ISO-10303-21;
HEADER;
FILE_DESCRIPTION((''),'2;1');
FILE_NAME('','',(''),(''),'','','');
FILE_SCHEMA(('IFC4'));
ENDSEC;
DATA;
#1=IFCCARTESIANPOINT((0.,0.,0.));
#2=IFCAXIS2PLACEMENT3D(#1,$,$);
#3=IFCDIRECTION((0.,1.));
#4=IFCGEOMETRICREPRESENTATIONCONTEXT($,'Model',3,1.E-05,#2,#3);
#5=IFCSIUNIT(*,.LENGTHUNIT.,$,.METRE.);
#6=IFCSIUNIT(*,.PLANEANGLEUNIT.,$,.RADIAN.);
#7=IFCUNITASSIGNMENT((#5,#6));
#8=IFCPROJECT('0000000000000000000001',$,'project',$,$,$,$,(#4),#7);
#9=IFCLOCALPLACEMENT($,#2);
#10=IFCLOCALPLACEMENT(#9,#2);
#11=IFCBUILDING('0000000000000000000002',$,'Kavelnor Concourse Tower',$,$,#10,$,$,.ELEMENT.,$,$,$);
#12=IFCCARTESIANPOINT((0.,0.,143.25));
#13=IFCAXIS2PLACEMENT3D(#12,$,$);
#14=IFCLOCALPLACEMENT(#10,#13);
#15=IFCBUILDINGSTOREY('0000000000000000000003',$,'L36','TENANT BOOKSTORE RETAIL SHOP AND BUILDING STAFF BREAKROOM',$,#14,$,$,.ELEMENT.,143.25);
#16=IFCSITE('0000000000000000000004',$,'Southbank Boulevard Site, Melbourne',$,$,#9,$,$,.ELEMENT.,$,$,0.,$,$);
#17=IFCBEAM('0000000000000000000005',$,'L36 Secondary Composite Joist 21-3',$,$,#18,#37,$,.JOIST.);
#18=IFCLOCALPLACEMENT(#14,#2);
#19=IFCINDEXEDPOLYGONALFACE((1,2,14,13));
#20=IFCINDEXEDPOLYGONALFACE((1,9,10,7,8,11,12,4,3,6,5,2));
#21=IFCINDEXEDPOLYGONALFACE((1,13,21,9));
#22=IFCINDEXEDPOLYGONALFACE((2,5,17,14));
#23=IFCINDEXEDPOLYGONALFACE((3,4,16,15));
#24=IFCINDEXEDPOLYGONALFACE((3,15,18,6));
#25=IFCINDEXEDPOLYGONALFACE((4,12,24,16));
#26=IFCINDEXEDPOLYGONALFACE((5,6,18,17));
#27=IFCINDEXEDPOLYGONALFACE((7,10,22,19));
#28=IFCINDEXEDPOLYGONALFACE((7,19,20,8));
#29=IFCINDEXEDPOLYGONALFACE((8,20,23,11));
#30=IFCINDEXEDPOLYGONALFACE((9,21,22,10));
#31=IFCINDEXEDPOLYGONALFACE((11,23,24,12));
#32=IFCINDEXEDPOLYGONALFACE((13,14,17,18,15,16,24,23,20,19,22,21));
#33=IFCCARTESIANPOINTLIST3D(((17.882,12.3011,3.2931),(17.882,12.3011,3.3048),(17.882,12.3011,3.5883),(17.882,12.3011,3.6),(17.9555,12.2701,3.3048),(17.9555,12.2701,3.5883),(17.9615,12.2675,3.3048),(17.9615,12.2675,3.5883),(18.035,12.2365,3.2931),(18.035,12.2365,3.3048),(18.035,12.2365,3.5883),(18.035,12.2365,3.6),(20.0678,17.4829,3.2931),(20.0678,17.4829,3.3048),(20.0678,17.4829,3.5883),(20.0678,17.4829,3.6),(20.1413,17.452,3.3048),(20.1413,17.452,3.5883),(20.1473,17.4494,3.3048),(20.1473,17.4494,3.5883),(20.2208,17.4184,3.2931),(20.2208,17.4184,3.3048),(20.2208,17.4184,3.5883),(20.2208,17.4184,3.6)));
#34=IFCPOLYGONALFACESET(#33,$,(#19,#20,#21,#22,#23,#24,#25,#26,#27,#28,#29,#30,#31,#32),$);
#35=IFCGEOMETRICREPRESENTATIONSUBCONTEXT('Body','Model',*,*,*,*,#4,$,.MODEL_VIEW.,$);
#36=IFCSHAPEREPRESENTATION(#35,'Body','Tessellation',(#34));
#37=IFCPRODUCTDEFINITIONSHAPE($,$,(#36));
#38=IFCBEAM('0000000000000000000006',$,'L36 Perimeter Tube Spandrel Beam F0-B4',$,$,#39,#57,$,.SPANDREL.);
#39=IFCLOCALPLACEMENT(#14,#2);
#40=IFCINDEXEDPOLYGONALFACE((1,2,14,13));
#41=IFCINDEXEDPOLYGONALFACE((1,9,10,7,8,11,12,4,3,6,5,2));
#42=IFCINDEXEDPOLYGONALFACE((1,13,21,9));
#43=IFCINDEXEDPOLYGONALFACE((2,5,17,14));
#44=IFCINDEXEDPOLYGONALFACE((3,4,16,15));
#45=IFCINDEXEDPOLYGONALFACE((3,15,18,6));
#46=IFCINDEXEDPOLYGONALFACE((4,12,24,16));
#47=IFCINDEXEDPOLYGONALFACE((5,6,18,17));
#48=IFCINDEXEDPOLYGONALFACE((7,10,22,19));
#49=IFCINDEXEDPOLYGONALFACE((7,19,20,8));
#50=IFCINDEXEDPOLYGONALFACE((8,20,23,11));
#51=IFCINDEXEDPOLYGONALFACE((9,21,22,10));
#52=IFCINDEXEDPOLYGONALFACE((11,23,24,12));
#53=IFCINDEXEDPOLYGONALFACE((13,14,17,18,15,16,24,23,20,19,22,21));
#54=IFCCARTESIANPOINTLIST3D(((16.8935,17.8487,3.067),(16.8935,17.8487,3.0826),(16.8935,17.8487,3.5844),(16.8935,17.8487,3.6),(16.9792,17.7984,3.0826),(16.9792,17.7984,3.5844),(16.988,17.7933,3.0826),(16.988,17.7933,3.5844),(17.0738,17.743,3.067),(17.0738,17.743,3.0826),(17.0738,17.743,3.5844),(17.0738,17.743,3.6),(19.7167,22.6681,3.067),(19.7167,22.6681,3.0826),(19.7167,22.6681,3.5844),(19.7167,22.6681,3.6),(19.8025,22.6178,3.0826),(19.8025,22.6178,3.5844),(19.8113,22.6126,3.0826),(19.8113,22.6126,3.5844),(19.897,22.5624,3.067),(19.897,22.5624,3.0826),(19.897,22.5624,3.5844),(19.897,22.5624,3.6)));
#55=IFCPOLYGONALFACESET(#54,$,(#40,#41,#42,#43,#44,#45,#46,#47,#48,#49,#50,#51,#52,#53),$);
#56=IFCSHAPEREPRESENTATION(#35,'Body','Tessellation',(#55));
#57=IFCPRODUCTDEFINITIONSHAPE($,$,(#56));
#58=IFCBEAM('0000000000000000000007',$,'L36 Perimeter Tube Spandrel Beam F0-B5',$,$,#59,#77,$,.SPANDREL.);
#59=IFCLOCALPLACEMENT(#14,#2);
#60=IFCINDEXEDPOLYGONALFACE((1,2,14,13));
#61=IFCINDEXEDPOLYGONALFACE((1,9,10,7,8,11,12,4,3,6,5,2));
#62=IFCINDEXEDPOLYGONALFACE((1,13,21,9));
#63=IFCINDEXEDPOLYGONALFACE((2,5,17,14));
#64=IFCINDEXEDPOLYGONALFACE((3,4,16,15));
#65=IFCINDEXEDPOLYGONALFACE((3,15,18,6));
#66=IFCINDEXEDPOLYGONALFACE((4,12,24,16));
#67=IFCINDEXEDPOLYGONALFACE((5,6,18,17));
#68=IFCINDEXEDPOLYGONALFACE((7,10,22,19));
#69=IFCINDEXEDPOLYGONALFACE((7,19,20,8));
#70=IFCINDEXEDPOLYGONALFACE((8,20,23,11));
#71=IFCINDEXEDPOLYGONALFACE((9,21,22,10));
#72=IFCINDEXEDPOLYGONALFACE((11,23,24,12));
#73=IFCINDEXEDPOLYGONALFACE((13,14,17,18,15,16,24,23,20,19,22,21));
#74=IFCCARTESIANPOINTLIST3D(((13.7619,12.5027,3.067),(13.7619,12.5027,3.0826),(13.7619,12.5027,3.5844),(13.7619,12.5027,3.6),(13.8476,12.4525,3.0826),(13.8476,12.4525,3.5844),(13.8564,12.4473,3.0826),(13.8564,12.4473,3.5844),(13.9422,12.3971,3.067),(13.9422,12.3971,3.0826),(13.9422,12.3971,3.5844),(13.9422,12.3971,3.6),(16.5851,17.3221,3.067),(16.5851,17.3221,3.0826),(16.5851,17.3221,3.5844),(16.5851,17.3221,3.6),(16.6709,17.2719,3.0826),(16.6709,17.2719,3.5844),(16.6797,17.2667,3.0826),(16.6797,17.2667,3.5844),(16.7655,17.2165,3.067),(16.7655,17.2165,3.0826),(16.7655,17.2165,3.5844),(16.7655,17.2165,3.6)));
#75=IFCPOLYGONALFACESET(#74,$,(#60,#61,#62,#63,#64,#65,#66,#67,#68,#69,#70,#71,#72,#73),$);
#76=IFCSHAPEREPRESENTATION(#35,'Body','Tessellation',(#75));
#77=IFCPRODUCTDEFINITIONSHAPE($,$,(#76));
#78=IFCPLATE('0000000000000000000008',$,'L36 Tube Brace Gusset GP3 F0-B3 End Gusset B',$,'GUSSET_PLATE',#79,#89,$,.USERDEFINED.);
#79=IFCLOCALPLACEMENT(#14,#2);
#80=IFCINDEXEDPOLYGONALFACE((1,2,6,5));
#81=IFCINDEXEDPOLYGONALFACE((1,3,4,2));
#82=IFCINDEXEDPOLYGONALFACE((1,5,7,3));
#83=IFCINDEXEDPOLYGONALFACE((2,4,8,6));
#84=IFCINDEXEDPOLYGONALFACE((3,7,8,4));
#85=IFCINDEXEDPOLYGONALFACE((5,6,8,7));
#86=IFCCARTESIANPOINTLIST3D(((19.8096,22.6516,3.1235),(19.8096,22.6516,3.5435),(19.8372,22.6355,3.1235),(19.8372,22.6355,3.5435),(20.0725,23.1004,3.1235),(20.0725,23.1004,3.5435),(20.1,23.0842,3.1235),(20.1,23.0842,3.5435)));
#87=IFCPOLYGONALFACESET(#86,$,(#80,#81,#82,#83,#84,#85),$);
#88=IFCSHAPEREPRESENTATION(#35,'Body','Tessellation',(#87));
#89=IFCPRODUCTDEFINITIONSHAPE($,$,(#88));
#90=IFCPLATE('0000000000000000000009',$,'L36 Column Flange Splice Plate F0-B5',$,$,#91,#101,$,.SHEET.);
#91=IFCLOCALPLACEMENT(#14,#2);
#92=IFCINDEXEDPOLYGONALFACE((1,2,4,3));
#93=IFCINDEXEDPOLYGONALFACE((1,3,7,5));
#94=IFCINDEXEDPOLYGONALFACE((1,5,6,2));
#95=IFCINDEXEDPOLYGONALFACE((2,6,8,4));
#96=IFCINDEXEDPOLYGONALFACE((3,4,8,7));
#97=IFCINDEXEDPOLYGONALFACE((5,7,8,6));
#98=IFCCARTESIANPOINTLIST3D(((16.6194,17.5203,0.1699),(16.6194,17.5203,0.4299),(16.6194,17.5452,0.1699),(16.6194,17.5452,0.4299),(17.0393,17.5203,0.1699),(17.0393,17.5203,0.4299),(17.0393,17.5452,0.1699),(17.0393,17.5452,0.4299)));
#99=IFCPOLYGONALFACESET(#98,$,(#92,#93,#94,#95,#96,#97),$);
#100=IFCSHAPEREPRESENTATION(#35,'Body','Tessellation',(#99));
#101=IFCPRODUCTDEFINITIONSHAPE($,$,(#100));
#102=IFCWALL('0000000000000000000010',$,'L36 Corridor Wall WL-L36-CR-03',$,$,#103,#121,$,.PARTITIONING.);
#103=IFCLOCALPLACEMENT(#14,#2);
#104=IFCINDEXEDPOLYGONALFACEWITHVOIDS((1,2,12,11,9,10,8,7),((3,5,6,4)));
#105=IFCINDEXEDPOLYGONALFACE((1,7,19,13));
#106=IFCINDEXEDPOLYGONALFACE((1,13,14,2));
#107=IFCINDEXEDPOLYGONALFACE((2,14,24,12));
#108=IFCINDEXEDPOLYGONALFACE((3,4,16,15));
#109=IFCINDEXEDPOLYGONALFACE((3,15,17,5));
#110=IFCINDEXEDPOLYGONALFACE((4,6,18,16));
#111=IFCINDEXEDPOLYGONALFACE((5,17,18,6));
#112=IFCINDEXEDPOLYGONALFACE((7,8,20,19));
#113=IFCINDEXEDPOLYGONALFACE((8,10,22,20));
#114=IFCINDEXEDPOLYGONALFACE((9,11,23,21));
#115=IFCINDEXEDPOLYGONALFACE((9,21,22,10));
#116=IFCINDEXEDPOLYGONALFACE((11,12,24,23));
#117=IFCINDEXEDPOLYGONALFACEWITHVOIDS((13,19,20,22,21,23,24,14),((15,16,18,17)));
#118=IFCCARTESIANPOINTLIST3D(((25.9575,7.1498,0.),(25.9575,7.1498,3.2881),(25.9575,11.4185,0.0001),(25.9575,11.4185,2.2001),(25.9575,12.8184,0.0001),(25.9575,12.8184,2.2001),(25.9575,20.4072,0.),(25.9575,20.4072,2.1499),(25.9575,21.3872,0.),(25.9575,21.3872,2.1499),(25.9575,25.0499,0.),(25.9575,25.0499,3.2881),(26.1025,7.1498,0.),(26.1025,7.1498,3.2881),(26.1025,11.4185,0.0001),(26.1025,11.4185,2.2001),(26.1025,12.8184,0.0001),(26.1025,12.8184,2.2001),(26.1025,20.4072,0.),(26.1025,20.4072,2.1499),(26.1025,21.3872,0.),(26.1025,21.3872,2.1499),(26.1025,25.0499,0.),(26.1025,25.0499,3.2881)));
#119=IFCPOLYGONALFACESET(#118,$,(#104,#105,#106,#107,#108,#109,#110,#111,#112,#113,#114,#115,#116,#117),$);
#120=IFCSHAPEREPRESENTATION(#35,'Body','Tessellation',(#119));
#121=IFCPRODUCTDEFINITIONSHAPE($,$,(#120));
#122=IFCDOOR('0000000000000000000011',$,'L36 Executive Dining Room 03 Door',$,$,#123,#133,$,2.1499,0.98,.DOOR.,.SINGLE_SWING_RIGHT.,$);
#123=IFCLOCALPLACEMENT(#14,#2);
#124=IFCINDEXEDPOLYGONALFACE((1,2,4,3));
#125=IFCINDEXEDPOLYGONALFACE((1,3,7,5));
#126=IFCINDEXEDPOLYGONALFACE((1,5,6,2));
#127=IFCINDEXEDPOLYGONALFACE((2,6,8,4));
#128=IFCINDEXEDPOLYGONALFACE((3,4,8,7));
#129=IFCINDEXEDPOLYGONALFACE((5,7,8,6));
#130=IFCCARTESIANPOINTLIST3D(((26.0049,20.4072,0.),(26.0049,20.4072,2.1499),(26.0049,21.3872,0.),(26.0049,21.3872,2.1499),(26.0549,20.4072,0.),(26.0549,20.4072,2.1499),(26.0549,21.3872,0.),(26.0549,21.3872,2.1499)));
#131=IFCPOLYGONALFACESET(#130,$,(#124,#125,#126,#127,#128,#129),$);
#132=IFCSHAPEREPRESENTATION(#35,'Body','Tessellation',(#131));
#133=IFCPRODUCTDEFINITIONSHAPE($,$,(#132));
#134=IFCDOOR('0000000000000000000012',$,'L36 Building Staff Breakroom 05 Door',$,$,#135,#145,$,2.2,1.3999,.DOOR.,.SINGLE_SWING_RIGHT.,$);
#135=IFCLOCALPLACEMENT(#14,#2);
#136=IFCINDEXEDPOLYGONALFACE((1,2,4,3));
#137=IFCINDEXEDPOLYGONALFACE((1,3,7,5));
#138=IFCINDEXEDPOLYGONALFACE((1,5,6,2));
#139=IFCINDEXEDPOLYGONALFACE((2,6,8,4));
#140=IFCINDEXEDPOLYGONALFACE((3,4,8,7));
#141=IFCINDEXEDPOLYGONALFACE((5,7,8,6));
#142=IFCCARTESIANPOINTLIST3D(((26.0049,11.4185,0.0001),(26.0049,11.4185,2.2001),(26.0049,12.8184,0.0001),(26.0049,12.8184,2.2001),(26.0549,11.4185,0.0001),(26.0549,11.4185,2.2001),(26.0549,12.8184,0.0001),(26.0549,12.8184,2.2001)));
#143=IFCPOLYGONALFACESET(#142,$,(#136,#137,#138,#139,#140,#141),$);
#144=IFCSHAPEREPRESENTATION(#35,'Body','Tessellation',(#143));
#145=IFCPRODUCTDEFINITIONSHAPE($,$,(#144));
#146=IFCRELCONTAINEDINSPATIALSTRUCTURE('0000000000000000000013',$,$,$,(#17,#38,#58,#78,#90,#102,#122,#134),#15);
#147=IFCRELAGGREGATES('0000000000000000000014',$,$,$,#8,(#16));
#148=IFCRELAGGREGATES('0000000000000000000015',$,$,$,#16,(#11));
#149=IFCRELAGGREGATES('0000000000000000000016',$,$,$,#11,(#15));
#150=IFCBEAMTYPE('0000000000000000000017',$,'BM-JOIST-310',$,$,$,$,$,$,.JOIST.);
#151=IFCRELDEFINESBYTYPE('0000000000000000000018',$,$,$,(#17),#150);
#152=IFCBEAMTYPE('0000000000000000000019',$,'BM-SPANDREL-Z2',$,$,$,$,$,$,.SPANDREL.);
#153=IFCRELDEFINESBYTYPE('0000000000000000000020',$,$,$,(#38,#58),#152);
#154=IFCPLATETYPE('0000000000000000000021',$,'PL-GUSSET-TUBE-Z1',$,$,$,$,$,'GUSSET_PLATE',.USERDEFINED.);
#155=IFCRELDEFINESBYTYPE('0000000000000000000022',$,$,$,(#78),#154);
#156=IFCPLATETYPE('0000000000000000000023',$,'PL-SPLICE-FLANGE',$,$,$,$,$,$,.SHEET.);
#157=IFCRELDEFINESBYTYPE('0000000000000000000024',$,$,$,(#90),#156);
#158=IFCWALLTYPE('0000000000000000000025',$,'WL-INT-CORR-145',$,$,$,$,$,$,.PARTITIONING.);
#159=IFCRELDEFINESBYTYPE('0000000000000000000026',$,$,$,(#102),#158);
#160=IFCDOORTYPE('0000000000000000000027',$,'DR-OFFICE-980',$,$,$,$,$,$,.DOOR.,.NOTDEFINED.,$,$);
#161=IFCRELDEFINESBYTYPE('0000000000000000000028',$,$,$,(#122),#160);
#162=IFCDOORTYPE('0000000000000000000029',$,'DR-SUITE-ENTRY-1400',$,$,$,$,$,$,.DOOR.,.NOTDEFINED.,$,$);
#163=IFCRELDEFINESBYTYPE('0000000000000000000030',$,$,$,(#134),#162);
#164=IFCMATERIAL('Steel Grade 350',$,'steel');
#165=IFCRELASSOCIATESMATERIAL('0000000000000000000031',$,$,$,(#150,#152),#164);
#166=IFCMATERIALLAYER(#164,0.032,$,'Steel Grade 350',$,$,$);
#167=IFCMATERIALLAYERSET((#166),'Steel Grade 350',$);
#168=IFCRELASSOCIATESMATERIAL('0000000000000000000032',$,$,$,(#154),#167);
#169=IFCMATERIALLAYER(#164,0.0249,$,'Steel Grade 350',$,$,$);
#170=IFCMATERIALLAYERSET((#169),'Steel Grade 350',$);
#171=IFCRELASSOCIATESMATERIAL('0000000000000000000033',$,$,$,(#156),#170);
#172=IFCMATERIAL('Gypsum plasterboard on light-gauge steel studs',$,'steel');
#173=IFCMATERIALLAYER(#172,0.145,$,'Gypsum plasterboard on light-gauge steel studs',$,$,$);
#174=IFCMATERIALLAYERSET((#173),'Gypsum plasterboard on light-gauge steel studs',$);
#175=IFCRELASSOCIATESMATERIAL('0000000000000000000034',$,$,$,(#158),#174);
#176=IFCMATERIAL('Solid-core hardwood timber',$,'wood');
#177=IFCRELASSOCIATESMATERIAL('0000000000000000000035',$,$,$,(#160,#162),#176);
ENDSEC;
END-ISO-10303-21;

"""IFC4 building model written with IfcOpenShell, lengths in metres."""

from ifc_helpers import new_model, si_unit, direction, frame, frame_2d, origin, origin_2d, place, context, subcontext, project, spatial, rectangle, i_section, extrude, material, layer, layer_set, material_profile, profile_set, type_object, element, fill, save


model = new_model("IFC4")

# Units and contexts
model_context = context("Model", 3, precision=1e-05, world=origin(), true_north=direction((0.0, 1.0)))
body_context = subcontext(model_context, "Body", "Model", "MODEL_VIEW")
ifc_project = project(units=[si_unit("LENGTHUNIT", "METRE"), si_unit("PLANEANGLEUNIT", "RADIAN")], contexts=[model_context])

# Site, building, storey
site_placement = place(None, origin())
site = spatial("IfcSite", under=ifc_project, at=site_placement, Name="Southbank Boulevard Site, Melbourne", CompositionType="ELEMENT", RefElevation=0.0)
building_placement = place(site_placement, origin())
building = spatial("IfcBuilding", under=site, at=building_placement, Name="Kavelnor Concourse Tower", CompositionType="ELEMENT")
storey_placement = place(building_placement, frame((0.0, 0.0, 143.25)))
storey = spatial("IfcBuildingStorey", under=building, at=storey_placement, Name="L36", Description="TENANT BOOKSTORE RETAIL SHOP AND BUILDING STAFF BREAKROOM", CompositionType="ELEMENT", Elevation=143.25)

# Shared definitions
ifc_material_1 = material(Name="Steel Grade 350", Category="steel")

# Beams
ifc_material_profile_1 = material_profile(ifc_material_1, i_section(OverallWidth=0.166, OverallDepth=0.3069, WebThickness=0.0066, FlangeThickness=0.0117, at=origin_2d()), Name="310UB46")
ifc_profile_set_1 = profile_set([ifc_material_profile_1], Name="Steel Grade 350")
beam_type_1 = type_object("IfcBeamType", Name="BM-JOIST-310", PredefinedType="JOIST", material=ifc_profile_set_1)
beam_1_placement = place(storey_placement, frame((20.1443, 17.4507, 3.4465), z_axis=(-0.388653, -0.921384, 0.0), x_axis=(0.921384, -0.388653, 0.0)))
element("IfcBeam", 1, at=beam_1_placement, inside=storey, type_object=beam_type_1, Name="L36 Secondary Composite Joist 21-3", PredefinedType="JOIST", context=body_context, shape_type="SweptSolid", body=[
    extrude(i_section(OverallWidth=0.166, OverallDepth=0.3069, WebThickness=0.0066, FlangeThickness=0.0117, at=origin_2d()), origin(), (0.0, 0.0, 1.0), 5.624),
])
ifc_material_profile_2 = material_profile(ifc_material_1, i_section(OverallWidth=0.209, OverallDepth=0.533, WebThickness=0.0103, FlangeThickness=0.0156, at=origin_2d()), Name="530UB92")
ifc_profile_set_2 = profile_set([ifc_material_profile_2], Name="Steel Grade 350")
beam_type_2 = type_object("IfcBeamType", Name="BM-SPANDREL-Z2", PredefinedType="SPANDREL", material=ifc_profile_set_2)
for number, where, z_axis, x_axis, name in (
    (2, (19.8069, 22.6152, 3.3335), (-0.505468, -0.862845, 0.0), (0.862845, -0.505468, 0.0), "L36 Perimeter Tube Spandrel Beam F0-B4"),
    (3, (16.6753, 17.2693, 3.3335), (-0.505468, -0.862845, 0.0), (0.862845, -0.505468, 0.0), "L36 Perimeter Tube Spandrel Beam F0-B5"),
):
    element("IfcBeam", number, at=place(storey_placement, frame(where, z_axis=z_axis, x_axis=x_axis)), inside=storey, type_object=beam_type_2, Name=name, PredefinedType="SPANDREL", context=body_context, shape_type="SweptSolid", body=[
        extrude(i_section(OverallWidth=0.209, OverallDepth=0.533, WebThickness=0.0103, FlangeThickness=0.0156, at=origin_2d()), origin(), (0.0, 0.0, 1.0), 5.5854),
    ])

# Plates
ifc_layer_1 = layer(ifc_material_1, 0.032, Name="Steel Grade 350")
ifc_layer_set_1 = layer_set([ifc_layer_1], Name="Steel Grade 350")
plate_type_1 = type_object("IfcPlateType", Name="PL-GUSSET-TUBE-Z1", ElementType="GUSSET_PLATE", PredefinedType="USERDEFINED", material=ifc_layer_set_1)
plate_1_placement = place(storey_placement, frame((19.9548, 22.8679, 3.1235), z_axis=(0.0, 0.0, 1.0), x_axis=(-0.505431, -0.862867, 0.0)))
element("IfcPlate", 4, at=plate_1_placement, inside=storey, type_object=plate_type_1, Name="L36 Tube Brace Gusset GP3 F0-B3 End Gusset B", ObjectType="GUSSET_PLATE", PredefinedType="USERDEFINED", context=body_context, shape_type="SweptSolid", body=[
    extrude(rectangle(XDim=0.52, YDim=0.032, at=origin_2d()), origin(), (0.0, 0.0, 1.0), 0.4199),
])
ifc_layer_2 = layer(ifc_material_1, 0.0249, Name="Steel Grade 350")
ifc_layer_set_2 = layer_set([ifc_layer_2], Name="Steel Grade 350")
plate_type_2 = type_object("IfcPlateType", Name="PL-SPLICE-FLANGE", PredefinedType="SHEET", material=ifc_layer_set_2)
plate_2_placement = place(storey_placement, frame((16.8293, 17.5327, 0.1699), z_axis=(0.0, 0.0, 1.0), x_axis=(1.0, 0.0, 0.0)))
element("IfcPlate", 5, at=plate_2_placement, inside=storey, type_object=plate_type_2, Name="L36 Column Flange Splice Plate F0-B5", PredefinedType="SHEET", context=body_context, shape_type="SweptSolid", body=[
    extrude(rectangle(XDim=0.4199, YDim=0.0249, at=origin_2d()), origin(), (0.0, 0.0, 1.0), 0.26),
])

# Wall, openings, doors
ifc_material_2 = material(Name="Gypsum plasterboard on light-gauge steel studs", Category="steel")
ifc_layer_3 = layer(ifc_material_2, 0.145, Name="Gypsum plasterboard on light-gauge steel studs")
ifc_layer_set_3 = layer_set([ifc_layer_3], Name="Gypsum plasterboard on light-gauge steel studs")
wall_type = type_object("IfcWallType", Name="WL-INT-CORR-145", PredefinedType="PARTITIONING", material=ifc_layer_set_3)
wall_placement = place(storey_placement, frame((26.03, 25.05, 0.0), z_axis=(0.0, 0.0, 1.0), x_axis=(0.0, -1.0, 0.0)))
wall = element("IfcWall", 6, at=wall_placement, inside=storey, type_object=wall_type, Name="L36 Corridor Wall WL-L36-CR-03", PredefinedType="PARTITIONING", context=body_context, shape_type="SweptSolid", body=[
    extrude(rectangle(XDim=17.9001, YDim=0.145, at=frame_2d((8.9502, 0.0))), origin(), (0.0, 0.0, 1.0), 3.2881),
])
opening_1_placement = place(wall_placement, frame((3.6628, 0.0, 0.0)))
opening_1 = element("IfcOpeningElement", 7, at=opening_1_placement, cuts=wall, PredefinedType="OPENING", context=body_context, shape_type="SweptSolid", body=[
    extrude(rectangle(XDim=0.98, YDim=2.1499, at=frame_2d((0.49, 1.075))), frame((0.0, 0.0825, 0.0), z_axis=(0.0, -1.0, 0.0), x_axis=(1.0, 0.0, 0.0)), (0.0, 0.0, 1.0), 0.165),
])
opening_2_placement = place(wall_placement, frame((12.2317, 0.0, 0.0)))
opening_2 = element("IfcOpeningElement", 8, at=opening_2_placement, cuts=wall, PredefinedType="OPENING", context=body_context, shape_type="SweptSolid", body=[
    extrude(rectangle(XDim=1.3999, YDim=2.2, at=frame_2d((0.7, 1.1001))), frame((0.0, 0.0825, 0.0), z_axis=(0.0, -1.0, 0.0), x_axis=(1.0, 0.0, 0.0)), (0.0, 0.0, 1.0), 0.165),
])
ifc_material_3 = material(Name="Solid-core hardwood timber", Category="wood")
door_type_1 = type_object("IfcDoorType", Name="DR-OFFICE-980", OperationType="NOTDEFINED", PredefinedType="DOOR", material=ifc_material_3)
door_1_placement = place(opening_1_placement, origin())
door_1 = element("IfcDoor", 9, at=door_1_placement, inside=storey, type_object=door_type_1, Name="L36 Executive Dining Room 03 Door", OperationType="SINGLE_SWING_RIGHT", OverallHeight=2.1499, OverallWidth=0.98, PredefinedType="DOOR", context=body_context, shape_type="SweptSolid", body=[
    extrude(rectangle(XDim=0.98, YDim=2.1499, at=frame_2d((0.49, 1.075))), frame((0.0, 0.0249, 0.0), z_axis=(0.0, -1.0, 0.0), x_axis=(1.0, 0.0, 0.0)), (0.0, 0.0, 1.0), 0.05),
])
fill(opening_1, door_1)
door_type_2 = type_object("IfcDoorType", Name="DR-SUITE-ENTRY-1400", OperationType="NOTDEFINED", PredefinedType="DOOR", material=ifc_material_3)
door_2_placement = place(opening_2_placement, origin())
door_2 = element("IfcDoor", 10, at=door_2_placement, inside=storey, type_object=door_type_2, Name="L36 Building Staff Breakroom 05 Door", OperationType="SINGLE_SWING_RIGHT", OverallHeight=2.2, OverallWidth=1.3999, PredefinedType="DOOR", context=body_context, shape_type="SweptSolid", body=[
    extrude(rectangle(XDim=1.3999, YDim=2.2, at=frame_2d((0.7, 1.1001))), frame((0.0, 0.0249, 0.0), z_axis=(0.0, -1.0, 0.0), x_axis=(1.0, 0.0, 0.0)), (0.0, 0.0, 1.0), 0.05),
])
fill(opening_2, door_2)

save(model, "model.ifc")
